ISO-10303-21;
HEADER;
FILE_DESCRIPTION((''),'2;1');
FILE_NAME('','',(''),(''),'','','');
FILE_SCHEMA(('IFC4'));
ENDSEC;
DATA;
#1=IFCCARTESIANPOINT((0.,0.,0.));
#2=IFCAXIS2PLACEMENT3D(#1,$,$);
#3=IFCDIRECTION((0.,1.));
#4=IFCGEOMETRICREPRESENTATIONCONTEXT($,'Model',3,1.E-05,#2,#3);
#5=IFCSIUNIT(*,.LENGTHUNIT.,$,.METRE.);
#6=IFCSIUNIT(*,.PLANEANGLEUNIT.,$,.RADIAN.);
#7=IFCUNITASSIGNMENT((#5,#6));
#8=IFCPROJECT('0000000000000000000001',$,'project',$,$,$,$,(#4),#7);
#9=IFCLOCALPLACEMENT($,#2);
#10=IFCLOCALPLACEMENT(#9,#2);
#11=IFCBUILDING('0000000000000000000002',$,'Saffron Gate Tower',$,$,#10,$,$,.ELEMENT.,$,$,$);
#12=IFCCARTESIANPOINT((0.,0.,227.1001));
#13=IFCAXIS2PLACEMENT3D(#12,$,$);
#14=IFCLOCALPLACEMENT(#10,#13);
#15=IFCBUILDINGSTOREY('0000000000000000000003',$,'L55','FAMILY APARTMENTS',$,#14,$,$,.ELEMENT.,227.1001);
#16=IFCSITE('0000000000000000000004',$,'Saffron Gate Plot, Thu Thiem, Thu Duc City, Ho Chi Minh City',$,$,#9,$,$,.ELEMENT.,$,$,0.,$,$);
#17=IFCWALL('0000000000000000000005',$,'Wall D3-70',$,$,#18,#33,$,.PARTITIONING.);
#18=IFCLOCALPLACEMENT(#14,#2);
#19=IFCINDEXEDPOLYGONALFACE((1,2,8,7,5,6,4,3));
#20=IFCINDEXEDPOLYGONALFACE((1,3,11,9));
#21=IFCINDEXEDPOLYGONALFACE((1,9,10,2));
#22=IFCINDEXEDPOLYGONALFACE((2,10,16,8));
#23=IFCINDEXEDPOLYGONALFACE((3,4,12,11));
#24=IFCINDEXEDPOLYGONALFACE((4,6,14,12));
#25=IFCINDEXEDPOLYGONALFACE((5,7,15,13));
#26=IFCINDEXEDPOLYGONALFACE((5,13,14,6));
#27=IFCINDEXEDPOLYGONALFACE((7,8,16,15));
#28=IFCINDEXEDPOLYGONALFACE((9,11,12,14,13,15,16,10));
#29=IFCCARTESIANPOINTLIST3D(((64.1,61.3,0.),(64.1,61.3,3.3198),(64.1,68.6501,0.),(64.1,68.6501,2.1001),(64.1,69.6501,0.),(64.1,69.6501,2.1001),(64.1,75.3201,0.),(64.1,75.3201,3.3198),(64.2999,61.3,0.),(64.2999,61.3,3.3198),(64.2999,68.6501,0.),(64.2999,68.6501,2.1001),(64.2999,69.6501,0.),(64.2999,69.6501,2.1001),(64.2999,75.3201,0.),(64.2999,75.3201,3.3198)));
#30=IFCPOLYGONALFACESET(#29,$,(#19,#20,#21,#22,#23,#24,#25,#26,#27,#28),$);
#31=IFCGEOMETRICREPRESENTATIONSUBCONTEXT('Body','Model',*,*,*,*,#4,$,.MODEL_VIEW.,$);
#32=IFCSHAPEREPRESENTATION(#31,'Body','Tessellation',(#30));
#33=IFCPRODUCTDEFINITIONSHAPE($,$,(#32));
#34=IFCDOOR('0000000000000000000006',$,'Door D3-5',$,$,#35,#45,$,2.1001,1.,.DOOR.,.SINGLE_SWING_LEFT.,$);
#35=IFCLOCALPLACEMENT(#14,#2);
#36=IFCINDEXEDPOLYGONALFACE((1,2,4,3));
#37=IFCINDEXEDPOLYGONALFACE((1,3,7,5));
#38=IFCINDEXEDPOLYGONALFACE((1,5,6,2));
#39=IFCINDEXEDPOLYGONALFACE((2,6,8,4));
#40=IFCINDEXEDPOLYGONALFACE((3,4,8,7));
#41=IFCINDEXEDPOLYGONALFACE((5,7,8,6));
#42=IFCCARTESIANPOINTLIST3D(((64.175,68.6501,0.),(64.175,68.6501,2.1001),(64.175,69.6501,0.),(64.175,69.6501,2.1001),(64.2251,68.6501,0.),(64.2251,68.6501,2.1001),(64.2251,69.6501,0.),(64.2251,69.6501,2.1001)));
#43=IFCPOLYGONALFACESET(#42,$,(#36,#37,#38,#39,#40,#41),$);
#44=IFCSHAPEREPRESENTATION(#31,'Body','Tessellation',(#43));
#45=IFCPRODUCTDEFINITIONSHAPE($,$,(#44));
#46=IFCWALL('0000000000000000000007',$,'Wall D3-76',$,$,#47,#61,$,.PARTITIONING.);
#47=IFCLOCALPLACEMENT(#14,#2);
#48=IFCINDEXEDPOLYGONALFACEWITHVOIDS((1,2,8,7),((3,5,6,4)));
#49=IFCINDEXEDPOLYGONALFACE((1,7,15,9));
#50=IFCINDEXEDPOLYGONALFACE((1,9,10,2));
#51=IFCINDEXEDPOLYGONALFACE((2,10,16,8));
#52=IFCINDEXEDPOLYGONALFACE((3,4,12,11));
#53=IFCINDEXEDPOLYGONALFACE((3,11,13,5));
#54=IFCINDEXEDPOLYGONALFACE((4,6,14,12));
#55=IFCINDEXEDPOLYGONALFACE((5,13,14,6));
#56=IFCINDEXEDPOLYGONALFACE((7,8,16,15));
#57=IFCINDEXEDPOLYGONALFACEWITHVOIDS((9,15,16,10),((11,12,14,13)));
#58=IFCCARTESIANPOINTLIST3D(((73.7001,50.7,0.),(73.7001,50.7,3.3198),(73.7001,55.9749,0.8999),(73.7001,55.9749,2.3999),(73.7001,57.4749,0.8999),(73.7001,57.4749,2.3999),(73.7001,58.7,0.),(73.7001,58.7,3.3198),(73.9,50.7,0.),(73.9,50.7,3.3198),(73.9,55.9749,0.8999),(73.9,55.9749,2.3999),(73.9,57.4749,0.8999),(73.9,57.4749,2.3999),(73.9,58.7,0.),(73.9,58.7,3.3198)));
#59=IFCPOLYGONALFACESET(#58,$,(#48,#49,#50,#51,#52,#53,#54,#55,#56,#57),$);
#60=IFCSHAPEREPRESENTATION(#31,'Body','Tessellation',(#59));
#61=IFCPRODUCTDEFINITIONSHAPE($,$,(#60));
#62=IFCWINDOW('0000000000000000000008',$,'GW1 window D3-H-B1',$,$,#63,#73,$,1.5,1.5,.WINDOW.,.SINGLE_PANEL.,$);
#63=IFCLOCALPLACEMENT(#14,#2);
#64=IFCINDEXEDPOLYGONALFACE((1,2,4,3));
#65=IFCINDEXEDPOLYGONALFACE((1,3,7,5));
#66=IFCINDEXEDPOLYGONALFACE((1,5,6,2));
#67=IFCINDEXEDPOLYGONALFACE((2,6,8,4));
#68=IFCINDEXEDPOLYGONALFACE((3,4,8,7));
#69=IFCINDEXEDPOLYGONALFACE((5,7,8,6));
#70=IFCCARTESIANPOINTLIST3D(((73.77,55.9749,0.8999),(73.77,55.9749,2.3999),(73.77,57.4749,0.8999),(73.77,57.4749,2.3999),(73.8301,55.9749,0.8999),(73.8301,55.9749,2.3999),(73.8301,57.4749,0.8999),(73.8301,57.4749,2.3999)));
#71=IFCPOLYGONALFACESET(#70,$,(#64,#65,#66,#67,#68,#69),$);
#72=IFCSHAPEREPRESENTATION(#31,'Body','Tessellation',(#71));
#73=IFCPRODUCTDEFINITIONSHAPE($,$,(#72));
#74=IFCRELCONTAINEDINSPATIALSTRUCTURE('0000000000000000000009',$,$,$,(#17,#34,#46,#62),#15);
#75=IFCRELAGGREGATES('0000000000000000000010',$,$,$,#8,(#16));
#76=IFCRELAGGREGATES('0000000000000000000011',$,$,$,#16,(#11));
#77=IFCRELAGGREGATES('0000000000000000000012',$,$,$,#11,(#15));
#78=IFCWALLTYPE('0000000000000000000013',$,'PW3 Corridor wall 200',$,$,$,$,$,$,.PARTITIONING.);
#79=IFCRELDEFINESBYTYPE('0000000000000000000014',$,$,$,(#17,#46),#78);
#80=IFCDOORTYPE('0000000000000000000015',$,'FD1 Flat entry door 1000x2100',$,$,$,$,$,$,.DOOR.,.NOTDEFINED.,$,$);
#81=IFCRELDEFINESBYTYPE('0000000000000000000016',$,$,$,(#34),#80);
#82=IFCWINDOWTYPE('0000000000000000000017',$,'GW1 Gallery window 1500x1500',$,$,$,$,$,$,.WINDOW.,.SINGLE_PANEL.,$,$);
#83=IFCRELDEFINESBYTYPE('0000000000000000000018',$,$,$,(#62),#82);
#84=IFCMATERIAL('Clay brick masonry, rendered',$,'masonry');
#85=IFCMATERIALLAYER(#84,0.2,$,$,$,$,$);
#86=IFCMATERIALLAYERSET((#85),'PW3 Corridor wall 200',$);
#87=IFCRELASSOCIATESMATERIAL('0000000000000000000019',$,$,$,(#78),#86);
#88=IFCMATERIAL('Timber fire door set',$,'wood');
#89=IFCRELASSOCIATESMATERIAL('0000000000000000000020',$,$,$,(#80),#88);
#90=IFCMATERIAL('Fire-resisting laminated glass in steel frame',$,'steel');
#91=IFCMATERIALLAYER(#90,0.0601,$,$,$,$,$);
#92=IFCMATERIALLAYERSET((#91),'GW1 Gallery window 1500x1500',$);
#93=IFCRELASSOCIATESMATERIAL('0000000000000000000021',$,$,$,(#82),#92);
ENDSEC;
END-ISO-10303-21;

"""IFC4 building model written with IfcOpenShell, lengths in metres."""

from ifc_helpers import new_model, si_unit, direction, frame, frame_2d, origin, place, context, subcontext, project, spatial, rectangle, extrude, material, layer, layer_set, type_object, element, fill, save


model = new_model("IFC4")

# Units and contexts
model_context = context("Model", 3, precision=1e-05, world=origin(), true_north=direction((0.0, 1.0)))
body_context = subcontext(model_context, "Body", "Model", "MODEL_VIEW")
ifc_project = project(units=[si_unit("LENGTHUNIT", "METRE"), si_unit("PLANEANGLEUNIT", "RADIAN")], contexts=[model_context])

# Site, building, storey
site_placement = place(None, origin())
site = spatial("IfcSite", under=ifc_project, at=site_placement, Name="Saffron Gate Plot, Thu Thiem, Thu Duc City, Ho Chi Minh City", CompositionType="ELEMENT", RefElevation=0.0)
building_placement = place(site_placement, origin())
building = spatial("IfcBuilding", under=site, at=building_placement, Name="Saffron Gate Tower", CompositionType="ELEMENT")
storey_placement = place(building_placement, frame((0.0, 0.0, 227.1001)))
storey = spatial("IfcBuildingStorey", under=building, at=storey_placement, Name="L55", Description="FAMILY APARTMENTS", CompositionType="ELEMENT", Elevation=227.1001)

# Shared definitions
ifc_material_1 = material(Name="Clay brick masonry, rendered", Category="masonry")
ifc_layer_1 = layer(ifc_material_1, 0.2)
ifc_layer_set_1 = layer_set([ifc_layer_1], Name="PW3 Corridor wall 200")
wall_type_1 = type_object("IfcWallType", Name="PW3 Corridor wall 200", PredefinedType="PARTITIONING", material=ifc_layer_set_1)

# Shared definitions
ifc_material_2 = material(Name="Timber fire door set", Category="wood")
door_type_1 = type_object("IfcDoorType", Name="FD1 Flat entry door 1000x2100", OperationType="NOTDEFINED", PredefinedType="DOOR", material=ifc_material_2)

# Wall, opening, door
wall_1_placement = place(storey_placement, frame((64.2, 61.3, 0.0), z_axis=(0.0, 0.0, 1.0), x_axis=(0.0, 1.0, 0.0)))
wall_1 = element("IfcWall", 1, at=wall_1_placement, inside=storey, type_object=wall_type_1, Name="Wall D3-70", PredefinedType="PARTITIONING", context=body_context, shape_type="SweptSolid", body=[
    extrude(rectangle(XDim=14.02, YDim=0.2, at=frame_2d((7.01, 0.0))), origin(), (0.0, 0.0, 1.0), 3.3198),
])
opening_1_placement = place(wall_1_placement, frame((7.3501, 0.0, 0.0)))
opening_1 = element("IfcOpeningElement", 2, at=opening_1_placement, cuts=wall_1, PredefinedType="OPENING", context=body_context, shape_type="SweptSolid", body=[
    extrude(rectangle(XDim=1.0, YDim=2.1001, at=frame_2d((0.5, 1.05))), frame((0.0, 0.1099, 0.0), z_axis=(0.0, -1.0, 0.0), x_axis=(1.0, 0.0, 0.0)), (0.0, 0.0, 1.0), 0.22),
])
door_1_placement = place(opening_1_placement, origin())
door_1 = element("IfcDoor", 3, at=door_1_placement, inside=storey, type_object=door_type_1, Name="Door D3-5", OperationType="SINGLE_SWING_LEFT", OverallHeight=2.1001, OverallWidth=1.0, PredefinedType="DOOR", context=body_context, shape_type="SweptSolid", body=[
    extrude(rectangle(XDim=1.0, YDim=2.1001, at=frame_2d((0.5, 1.05))), frame((0.0, 0.0249, 0.0), z_axis=(0.0, -1.0, 0.0), x_axis=(1.0, 0.0, 0.0)), (0.0, 0.0, 1.0), 0.05),
])
fill(opening_1, door_1)

# Wall, opening, window
wall_2_placement = place(storey_placement, frame((73.8, 58.7, 0.0), z_axis=(0.0, 0.0, 1.0), x_axis=(0.0, -1.0, 0.0)))
wall_2 = element("IfcWall", 4, at=wall_2_placement, inside=storey, type_object=wall_type_1, Name="Wall D3-76", PredefinedType="PARTITIONING", context=body_context, shape_type="SweptSolid", body=[
    extrude(rectangle(XDim=8.0, YDim=0.2, at=frame_2d((4.0, 0.0))), origin(), (0.0, 0.0, 1.0), 3.3198),
])
opening_2_placement = place(wall_2_placement, frame((1.2251, 0.0, 0.8999)))
opening_2 = element("IfcOpeningElement", 5, at=opening_2_placement, cuts=wall_2, PredefinedType="OPENING", context=body_context, shape_type="SweptSolid", body=[
    extrude(rectangle(XDim=1.5, YDim=1.5, at=frame_2d((0.75, 0.75))), frame((0.0, 0.1099, 0.0), z_axis=(0.0, -1.0, 0.0), x_axis=(1.0, 0.0, 0.0)), (0.0, 0.0, 1.0), 0.22),
])
ifc_material_3 = material(Name="Fire-resisting laminated glass in steel frame", Category="steel")
ifc_layer_2 = layer(ifc_material_3, 0.0601)
ifc_layer_set_2 = layer_set([ifc_layer_2], Name="GW1 Gallery window 1500x1500")
window_type = type_object("IfcWindowType", Name="GW1 Gallery window 1500x1500", PartitioningType="SINGLE_PANEL", PredefinedType="WINDOW", material=ifc_layer_set_2)
window_placement = place(opening_2_placement, origin())
window = element("IfcWindow", 6, at=window_placement, inside=storey, type_object=window_type, Name="GW1 window D3-H-B1", OverallHeight=1.5, OverallWidth=1.5, PartitioningType="SINGLE_PANEL", PredefinedType="WINDOW", context=body_context, shape_type="SweptSolid", body=[
    extrude(rectangle(XDim=1.5, YDim=1.5, at=frame_2d((0.75, 0.75))), frame((0.0, 0.03, 0.0), z_axis=(0.0, -1.0, 0.0), x_axis=(1.0, 0.0, 0.0)), (0.0, 0.0, 1.0), 0.0601),
])
fill(opening_2, window)

save(model, "model.ifc")
